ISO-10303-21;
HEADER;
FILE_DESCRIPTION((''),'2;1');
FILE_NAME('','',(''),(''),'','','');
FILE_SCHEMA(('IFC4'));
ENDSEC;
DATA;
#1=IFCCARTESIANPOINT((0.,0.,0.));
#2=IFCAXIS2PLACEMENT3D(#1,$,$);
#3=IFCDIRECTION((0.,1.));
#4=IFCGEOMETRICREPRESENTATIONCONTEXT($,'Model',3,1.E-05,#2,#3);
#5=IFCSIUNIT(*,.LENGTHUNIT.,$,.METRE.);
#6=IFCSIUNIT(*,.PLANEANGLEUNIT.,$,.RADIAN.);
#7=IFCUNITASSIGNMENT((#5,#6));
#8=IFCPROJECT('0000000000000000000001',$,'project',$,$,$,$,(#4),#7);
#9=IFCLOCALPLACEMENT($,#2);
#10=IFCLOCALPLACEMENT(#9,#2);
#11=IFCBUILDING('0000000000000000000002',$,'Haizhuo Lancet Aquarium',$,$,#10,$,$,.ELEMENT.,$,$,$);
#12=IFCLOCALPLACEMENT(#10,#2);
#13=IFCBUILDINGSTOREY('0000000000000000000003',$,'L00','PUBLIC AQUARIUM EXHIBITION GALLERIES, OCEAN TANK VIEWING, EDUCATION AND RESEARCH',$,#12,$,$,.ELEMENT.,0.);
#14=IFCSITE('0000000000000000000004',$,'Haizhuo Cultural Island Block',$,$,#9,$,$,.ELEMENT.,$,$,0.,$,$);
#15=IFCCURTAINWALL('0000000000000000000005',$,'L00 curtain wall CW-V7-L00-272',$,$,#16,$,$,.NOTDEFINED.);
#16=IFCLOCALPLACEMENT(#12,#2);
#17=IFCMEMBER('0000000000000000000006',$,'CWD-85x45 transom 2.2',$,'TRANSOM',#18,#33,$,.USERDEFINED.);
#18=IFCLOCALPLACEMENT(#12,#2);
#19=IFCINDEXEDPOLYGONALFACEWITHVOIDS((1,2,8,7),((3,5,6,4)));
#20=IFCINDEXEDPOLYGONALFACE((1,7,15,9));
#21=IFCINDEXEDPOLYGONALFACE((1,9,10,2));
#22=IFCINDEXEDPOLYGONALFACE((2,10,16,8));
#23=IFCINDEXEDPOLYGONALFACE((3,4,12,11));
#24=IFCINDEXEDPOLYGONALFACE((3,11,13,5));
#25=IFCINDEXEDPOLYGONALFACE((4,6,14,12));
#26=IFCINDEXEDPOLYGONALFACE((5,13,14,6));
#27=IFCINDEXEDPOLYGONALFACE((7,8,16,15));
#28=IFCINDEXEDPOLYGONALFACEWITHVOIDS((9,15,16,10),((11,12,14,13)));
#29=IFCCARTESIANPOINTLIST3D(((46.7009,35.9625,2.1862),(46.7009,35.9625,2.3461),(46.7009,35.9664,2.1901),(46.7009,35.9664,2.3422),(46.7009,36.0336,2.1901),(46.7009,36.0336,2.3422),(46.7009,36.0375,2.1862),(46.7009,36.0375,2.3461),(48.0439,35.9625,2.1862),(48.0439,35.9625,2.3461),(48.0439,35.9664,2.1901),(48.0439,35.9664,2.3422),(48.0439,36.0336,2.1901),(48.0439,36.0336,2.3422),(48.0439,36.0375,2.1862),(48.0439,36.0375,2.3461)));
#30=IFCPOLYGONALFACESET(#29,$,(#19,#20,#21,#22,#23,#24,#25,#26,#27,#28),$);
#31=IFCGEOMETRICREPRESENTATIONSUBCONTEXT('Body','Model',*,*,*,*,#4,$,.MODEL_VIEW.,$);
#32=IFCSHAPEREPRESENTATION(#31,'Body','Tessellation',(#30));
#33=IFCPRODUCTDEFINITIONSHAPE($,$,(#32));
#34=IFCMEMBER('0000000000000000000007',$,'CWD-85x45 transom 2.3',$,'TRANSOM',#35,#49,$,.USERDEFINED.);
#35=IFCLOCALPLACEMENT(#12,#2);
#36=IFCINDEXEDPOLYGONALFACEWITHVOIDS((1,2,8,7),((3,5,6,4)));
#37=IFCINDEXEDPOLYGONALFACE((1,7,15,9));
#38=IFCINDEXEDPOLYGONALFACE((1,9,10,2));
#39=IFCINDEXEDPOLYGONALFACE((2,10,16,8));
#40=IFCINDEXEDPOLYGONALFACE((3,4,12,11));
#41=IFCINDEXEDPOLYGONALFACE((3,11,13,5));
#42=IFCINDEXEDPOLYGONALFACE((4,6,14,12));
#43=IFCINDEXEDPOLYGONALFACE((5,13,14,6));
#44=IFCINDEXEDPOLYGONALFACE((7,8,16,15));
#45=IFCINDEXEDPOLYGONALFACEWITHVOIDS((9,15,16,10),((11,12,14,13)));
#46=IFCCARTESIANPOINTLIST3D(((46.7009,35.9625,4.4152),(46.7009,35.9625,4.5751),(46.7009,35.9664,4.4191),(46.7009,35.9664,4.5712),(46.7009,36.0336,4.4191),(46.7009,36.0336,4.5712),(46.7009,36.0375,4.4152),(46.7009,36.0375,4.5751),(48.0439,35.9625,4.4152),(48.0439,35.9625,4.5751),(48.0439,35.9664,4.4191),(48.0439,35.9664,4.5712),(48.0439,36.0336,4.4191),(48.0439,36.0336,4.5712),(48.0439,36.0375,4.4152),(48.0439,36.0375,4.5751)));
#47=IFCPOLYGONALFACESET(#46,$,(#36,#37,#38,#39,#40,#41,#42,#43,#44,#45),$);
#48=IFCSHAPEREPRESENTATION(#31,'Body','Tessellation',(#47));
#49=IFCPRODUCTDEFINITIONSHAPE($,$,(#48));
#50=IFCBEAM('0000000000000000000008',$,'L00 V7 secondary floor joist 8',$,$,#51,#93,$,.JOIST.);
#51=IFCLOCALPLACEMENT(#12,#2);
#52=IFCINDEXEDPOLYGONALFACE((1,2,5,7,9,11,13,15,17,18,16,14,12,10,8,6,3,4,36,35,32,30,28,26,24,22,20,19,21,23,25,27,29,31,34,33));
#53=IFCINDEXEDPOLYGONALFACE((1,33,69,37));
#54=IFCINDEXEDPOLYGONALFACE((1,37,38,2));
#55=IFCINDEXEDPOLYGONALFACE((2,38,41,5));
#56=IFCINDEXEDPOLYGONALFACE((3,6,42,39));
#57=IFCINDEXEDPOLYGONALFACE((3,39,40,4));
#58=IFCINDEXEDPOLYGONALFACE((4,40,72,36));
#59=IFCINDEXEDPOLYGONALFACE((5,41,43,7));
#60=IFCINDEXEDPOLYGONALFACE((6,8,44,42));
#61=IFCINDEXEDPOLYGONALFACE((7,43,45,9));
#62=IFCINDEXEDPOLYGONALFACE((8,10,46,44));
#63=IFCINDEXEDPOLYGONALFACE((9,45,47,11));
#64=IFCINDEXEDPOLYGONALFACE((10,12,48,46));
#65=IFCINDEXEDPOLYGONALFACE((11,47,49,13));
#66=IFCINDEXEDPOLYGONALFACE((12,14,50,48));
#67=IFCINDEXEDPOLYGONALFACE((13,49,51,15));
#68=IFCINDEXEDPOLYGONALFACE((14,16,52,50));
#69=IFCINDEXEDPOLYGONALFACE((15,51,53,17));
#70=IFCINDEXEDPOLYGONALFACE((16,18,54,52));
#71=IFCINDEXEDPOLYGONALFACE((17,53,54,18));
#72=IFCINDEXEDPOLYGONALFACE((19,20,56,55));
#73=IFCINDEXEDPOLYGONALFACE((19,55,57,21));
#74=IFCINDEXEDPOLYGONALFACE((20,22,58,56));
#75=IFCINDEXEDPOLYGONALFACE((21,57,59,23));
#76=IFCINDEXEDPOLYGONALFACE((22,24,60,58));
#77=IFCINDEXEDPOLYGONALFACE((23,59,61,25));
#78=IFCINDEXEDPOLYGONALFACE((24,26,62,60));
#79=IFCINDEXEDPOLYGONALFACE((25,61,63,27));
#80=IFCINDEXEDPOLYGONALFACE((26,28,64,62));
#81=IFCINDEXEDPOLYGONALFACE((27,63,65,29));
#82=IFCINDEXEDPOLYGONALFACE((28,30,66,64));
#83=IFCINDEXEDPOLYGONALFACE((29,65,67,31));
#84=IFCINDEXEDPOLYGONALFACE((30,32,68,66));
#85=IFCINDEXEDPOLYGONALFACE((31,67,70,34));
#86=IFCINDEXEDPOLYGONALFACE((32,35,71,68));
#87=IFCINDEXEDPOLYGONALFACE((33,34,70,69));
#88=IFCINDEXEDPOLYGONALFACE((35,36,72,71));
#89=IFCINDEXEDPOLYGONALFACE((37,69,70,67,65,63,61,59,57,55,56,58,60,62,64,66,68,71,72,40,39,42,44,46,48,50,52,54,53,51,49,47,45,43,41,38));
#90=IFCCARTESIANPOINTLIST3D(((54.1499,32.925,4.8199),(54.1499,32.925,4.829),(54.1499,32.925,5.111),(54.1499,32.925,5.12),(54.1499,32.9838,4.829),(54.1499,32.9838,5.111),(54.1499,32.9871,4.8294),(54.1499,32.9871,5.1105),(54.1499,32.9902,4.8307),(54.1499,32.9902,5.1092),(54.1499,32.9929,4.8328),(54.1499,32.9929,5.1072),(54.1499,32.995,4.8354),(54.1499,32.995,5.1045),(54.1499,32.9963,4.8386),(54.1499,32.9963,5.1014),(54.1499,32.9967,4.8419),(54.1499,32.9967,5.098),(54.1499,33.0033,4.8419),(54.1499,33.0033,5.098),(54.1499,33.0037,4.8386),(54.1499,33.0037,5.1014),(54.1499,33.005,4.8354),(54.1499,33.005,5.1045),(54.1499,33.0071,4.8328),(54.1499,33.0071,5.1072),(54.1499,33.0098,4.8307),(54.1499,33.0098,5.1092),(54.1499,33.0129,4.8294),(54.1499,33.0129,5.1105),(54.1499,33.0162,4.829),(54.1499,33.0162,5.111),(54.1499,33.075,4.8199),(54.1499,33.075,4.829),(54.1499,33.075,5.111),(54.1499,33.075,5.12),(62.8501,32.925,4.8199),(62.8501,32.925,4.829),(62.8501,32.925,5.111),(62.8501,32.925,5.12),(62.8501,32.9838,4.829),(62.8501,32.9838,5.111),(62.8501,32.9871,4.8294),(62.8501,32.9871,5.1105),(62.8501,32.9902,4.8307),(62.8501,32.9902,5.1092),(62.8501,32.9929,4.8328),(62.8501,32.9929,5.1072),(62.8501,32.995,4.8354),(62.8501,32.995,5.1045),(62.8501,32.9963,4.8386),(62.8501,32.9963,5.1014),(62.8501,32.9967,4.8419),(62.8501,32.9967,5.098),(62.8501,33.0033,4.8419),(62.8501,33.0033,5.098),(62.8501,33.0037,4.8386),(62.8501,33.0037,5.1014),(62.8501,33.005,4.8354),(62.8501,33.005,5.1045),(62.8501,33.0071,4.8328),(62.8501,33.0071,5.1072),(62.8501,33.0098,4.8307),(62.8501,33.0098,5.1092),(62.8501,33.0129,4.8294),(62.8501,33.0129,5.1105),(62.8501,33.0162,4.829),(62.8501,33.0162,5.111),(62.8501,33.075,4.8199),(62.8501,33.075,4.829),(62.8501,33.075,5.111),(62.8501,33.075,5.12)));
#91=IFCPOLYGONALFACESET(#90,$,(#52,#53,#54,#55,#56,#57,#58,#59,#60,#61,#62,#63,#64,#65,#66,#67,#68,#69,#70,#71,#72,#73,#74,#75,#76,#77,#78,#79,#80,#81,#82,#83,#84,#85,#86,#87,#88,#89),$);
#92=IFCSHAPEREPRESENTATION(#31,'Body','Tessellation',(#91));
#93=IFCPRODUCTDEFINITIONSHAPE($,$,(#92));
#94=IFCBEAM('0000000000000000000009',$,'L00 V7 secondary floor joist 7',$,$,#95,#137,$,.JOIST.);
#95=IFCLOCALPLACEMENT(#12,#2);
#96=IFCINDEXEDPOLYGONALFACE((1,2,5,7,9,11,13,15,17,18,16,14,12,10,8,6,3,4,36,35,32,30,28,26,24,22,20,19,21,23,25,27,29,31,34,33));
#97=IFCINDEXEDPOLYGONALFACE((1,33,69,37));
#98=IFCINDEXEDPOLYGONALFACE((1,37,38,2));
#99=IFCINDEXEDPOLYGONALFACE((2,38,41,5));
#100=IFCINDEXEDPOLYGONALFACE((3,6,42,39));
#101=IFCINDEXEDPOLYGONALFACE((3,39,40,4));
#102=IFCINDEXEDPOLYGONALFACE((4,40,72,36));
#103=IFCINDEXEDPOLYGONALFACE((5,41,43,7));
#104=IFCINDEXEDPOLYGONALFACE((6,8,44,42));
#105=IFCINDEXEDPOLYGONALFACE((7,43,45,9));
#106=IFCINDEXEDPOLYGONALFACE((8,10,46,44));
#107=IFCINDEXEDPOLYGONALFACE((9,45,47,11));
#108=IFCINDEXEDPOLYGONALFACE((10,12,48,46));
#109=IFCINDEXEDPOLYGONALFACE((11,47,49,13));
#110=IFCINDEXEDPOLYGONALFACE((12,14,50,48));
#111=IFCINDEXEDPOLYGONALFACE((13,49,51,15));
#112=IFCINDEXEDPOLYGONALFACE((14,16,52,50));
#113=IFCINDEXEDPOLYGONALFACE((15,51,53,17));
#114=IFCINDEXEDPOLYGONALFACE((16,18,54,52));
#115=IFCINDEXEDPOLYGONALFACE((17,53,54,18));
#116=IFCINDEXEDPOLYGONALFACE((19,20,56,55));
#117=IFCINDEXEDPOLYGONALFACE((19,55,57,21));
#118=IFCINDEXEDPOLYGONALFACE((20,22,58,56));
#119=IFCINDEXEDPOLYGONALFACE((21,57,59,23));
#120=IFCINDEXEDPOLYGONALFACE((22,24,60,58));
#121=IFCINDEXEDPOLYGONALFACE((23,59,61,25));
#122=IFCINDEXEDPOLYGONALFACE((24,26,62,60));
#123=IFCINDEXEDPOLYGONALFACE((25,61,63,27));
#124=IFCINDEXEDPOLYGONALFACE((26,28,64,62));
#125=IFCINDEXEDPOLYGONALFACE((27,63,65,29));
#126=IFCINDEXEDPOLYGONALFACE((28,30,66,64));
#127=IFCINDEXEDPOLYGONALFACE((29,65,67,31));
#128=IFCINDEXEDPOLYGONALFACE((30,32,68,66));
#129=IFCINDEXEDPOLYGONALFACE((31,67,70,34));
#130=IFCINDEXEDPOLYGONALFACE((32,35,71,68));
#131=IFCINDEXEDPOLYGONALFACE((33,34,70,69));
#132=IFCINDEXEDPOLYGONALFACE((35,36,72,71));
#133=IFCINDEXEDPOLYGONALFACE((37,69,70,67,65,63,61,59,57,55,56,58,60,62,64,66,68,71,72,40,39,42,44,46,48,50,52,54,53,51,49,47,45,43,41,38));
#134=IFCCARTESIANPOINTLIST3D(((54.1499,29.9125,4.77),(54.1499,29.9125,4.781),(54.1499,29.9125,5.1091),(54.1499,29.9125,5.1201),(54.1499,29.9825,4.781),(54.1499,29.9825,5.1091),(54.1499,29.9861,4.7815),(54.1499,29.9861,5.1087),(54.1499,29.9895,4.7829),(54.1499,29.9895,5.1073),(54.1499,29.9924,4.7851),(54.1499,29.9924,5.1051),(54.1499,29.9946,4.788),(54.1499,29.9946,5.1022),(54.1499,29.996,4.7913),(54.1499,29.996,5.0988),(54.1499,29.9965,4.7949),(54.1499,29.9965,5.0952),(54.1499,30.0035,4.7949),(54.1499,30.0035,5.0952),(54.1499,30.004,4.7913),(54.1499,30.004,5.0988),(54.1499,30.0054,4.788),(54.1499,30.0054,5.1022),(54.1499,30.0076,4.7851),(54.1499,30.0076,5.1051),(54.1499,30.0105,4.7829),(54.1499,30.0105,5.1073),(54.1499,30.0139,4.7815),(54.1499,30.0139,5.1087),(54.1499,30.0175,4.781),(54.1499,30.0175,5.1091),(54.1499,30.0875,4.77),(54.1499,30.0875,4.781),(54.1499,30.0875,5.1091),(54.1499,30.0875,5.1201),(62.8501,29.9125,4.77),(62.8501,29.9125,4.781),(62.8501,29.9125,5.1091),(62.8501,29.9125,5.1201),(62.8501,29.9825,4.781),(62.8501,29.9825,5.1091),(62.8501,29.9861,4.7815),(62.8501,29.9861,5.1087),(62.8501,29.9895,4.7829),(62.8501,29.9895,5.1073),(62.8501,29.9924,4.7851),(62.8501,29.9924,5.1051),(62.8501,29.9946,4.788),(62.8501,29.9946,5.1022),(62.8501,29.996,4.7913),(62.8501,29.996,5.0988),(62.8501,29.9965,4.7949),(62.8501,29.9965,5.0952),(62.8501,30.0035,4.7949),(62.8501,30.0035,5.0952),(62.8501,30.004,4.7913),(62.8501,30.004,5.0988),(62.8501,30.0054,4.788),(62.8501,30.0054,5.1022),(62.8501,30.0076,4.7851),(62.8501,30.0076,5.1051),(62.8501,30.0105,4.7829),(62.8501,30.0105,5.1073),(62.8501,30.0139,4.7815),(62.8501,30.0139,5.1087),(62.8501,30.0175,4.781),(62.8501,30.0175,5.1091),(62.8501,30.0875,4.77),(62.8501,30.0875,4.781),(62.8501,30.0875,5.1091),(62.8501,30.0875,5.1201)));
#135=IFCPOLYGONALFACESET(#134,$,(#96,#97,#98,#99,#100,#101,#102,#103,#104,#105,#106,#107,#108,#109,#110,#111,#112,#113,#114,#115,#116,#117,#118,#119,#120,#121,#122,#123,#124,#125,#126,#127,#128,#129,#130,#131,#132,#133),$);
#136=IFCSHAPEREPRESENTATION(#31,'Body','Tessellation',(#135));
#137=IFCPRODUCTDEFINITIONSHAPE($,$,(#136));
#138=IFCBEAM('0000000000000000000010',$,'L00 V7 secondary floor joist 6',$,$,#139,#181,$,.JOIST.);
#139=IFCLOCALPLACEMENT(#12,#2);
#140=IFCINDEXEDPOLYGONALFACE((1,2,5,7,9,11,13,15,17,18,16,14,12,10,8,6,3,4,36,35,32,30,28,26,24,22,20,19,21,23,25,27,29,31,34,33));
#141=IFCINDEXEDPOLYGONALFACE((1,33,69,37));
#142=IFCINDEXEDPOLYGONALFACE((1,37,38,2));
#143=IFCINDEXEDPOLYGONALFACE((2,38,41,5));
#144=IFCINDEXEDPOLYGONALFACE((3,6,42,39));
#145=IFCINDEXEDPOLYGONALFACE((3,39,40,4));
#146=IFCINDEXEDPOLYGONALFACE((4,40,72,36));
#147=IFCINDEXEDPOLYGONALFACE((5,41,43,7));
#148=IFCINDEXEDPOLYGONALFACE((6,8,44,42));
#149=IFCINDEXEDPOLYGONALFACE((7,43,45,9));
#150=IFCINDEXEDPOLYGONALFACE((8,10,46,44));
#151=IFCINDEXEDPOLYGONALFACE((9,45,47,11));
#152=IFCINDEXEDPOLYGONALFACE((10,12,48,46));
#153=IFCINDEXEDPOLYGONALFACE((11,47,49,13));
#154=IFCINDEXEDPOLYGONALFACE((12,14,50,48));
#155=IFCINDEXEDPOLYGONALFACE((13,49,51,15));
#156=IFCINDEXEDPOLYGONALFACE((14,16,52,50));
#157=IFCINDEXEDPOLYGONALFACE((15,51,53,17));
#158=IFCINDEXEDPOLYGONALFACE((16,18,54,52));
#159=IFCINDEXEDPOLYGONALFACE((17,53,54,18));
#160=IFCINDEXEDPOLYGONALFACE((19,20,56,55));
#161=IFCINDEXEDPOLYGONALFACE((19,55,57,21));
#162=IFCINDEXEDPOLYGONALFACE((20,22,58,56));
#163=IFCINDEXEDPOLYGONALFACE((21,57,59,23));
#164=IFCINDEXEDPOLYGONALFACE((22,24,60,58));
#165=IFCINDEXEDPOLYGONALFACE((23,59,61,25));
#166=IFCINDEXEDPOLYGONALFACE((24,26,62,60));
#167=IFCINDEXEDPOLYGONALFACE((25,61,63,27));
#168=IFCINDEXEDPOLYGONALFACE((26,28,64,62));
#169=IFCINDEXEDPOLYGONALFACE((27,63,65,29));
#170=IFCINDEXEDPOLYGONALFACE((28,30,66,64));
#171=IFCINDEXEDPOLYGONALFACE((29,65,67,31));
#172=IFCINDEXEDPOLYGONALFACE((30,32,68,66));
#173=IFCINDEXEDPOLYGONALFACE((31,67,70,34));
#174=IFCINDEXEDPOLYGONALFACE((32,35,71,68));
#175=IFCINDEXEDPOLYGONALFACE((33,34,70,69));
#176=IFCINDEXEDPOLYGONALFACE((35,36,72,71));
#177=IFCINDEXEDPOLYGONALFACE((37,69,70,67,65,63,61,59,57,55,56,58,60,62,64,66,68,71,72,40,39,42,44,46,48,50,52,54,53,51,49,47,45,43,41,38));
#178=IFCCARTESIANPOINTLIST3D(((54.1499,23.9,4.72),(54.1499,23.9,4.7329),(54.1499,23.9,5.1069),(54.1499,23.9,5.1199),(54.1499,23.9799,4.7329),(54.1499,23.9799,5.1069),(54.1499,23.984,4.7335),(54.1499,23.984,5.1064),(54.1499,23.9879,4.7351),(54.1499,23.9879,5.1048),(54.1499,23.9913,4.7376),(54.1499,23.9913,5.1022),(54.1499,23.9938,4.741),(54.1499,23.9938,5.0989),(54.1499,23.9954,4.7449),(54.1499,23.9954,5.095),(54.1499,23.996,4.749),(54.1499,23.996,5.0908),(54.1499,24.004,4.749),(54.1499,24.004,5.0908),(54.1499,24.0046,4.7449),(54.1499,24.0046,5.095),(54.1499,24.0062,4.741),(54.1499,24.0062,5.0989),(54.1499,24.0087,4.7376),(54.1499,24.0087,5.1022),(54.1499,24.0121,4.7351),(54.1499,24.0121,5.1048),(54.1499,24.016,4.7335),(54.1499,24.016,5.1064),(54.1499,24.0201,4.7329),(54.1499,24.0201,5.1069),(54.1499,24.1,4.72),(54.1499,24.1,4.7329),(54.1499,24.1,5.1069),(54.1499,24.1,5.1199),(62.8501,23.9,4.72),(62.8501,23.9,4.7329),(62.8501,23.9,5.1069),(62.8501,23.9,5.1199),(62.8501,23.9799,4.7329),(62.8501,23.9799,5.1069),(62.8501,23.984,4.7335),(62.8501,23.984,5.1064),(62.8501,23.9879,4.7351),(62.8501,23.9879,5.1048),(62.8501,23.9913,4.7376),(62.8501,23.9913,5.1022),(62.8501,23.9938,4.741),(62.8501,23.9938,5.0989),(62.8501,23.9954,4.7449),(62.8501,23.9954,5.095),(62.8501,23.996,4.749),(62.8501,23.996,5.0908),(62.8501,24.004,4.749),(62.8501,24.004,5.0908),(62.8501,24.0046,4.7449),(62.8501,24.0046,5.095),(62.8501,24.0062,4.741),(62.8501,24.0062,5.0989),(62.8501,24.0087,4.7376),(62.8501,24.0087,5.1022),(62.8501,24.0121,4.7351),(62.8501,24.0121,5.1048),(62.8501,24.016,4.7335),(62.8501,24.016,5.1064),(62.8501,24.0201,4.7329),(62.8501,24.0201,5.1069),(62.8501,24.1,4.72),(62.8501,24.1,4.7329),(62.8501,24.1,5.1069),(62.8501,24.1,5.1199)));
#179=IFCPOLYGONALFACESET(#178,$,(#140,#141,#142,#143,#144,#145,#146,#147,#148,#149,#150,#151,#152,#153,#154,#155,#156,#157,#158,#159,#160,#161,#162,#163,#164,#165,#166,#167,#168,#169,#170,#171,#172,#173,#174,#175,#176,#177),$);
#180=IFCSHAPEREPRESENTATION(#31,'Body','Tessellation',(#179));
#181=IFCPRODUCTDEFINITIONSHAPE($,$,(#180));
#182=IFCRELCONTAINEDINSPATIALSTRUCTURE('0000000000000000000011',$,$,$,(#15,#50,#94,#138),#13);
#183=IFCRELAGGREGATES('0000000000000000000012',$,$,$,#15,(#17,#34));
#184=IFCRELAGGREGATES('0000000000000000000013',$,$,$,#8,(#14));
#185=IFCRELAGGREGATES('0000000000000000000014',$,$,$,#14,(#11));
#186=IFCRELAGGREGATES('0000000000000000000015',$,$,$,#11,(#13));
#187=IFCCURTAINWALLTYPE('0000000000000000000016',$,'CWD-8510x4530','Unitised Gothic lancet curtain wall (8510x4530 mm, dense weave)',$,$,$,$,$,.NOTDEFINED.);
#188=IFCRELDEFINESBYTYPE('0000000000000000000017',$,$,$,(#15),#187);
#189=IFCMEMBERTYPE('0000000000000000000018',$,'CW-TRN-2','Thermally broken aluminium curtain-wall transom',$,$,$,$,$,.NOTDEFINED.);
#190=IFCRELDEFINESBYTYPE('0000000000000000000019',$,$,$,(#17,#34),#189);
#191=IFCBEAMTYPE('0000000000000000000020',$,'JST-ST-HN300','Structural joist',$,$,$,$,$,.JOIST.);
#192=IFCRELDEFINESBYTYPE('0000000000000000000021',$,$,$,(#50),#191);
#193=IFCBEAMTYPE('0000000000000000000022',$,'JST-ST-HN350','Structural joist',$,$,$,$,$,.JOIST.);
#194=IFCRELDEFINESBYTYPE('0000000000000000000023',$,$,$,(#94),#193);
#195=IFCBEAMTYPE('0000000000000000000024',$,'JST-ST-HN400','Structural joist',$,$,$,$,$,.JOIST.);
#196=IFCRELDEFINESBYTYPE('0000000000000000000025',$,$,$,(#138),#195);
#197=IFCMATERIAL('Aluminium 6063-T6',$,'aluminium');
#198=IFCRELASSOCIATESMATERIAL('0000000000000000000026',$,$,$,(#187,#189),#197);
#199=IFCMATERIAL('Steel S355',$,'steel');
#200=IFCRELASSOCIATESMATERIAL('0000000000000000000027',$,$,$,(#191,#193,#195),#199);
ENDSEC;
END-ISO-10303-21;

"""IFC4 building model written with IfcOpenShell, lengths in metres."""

from ifc_helpers import new_model, si_unit, direction, frame, origin, origin_2d, place, context, subcontext, project, spatial, hollow_rectangle, i_section, extrude, material, material_profile, profile_set, type_object, element, aggregate, save


model = new_model("IFC4")

# Units and contexts
model_context = context("Model", 3, precision=1e-05, world=origin(), true_north=direction((0.0, 1.0)))
body_context = subcontext(model_context, "Body", "Model", "MODEL_VIEW")
ifc_project = project(units=[si_unit("LENGTHUNIT", "METRE"), si_unit("PLANEANGLEUNIT", "RADIAN")], contexts=[model_context])

# Site, building, storey
site_placement = place(None, origin())
site = spatial("IfcSite", under=ifc_project, at=site_placement, Name="Haizhuo Cultural Island Block", CompositionType="ELEMENT", RefElevation=0.0)
building_placement = place(site_placement, origin())
building = spatial("IfcBuilding", under=site, at=building_placement, Name="Haizhuo Lancet Aquarium", CompositionType="ELEMENT")
storey_placement = place(building_placement, origin())
storey = spatial("IfcBuildingStorey", under=building, at=storey_placement, Name="L00", Description="PUBLIC AQUARIUM EXHIBITION GALLERIES, OCEAN TANK VIEWING, EDUCATION AND RESEARCH", CompositionType="ELEMENT", Elevation=0.0)

# Shared definitions
ifc_material_1 = material(Name="Steel S355", Category="steel")

# Curtain wall, members
ifc_material_2 = material(Name="Aluminium 6063-T6", Category="aluminium")
curtain_wall_type = type_object("IfcCurtainWallType", Name="CWD-8510x4530", Description="Unitised Gothic lancet curtain wall (8510x4530 mm, dense weave)", PredefinedType="NOTDEFINED", material=ifc_material_2)
curtain_wall_placement = place(storey_placement, origin())
curtain_wall = element("IfcCurtainWall", 1, at=curtain_wall_placement, inside=storey, type_object=curtain_wall_type, Name="L00 curtain wall CW-V7-L00-272", PredefinedType="NOTDEFINED")
ifc_material_profile_1 = material_profile(ifc_material_2, hollow_rectangle(XDim=0.075, YDim=0.1599, WallThickness=0.0039, at=origin_2d()), Name="ALU-T 75x160x4")
ifc_profile_set_1 = profile_set([ifc_material_profile_1], Name="Aluminium 6063-T6")
member_type_1 = type_object("IfcMemberType", Name="CW-TRN-2", Description="Thermally broken aluminium curtain-wall transom", PredefinedType="NOTDEFINED", material=ifc_profile_set_1)
member_1_placement = place(storey_placement, frame((46.7009, 36.0, 2.2661), z_axis=(1.0, 0.0, 0.0), x_axis=(0.0, 1.0, 0.0)))
member_1 = element("IfcMember", 2, at=member_1_placement, type_object=member_type_1, Name="CWD-85x45 transom 2.2", ObjectType="TRANSOM", PredefinedType="USERDEFINED", context=body_context, shape_type="SweptSolid", body=[
    extrude(hollow_rectangle(XDim=0.075, YDim=0.1599, WallThickness=0.0039, at=origin_2d()), origin(), (0.0, 0.0, 1.0), 1.343),
])
member_2_placement = place(storey_placement, frame((46.7009, 36.0, 4.4951), z_axis=(1.0, 0.0, 0.0), x_axis=(0.0, 1.0, 0.0)))
member_2 = element("IfcMember", 3, at=member_2_placement, type_object=member_type_1, Name="CWD-85x45 transom 2.3", ObjectType="TRANSOM", PredefinedType="USERDEFINED", context=body_context, shape_type="SweptSolid", body=[
    extrude(hollow_rectangle(XDim=0.075, YDim=0.1599, WallThickness=0.0039, at=origin_2d()), origin(), (0.0, 0.0, 1.0), 1.343),
])

# Beams
ifc_material_profile_2 = material_profile(ifc_material_1, i_section(OverallWidth=0.1499, OverallDepth=0.3, WebThickness=0.0066, FlangeThickness=0.009, FilletRadius=0.0129, at=origin_2d()), Name="HN 300x150x6.5x9")
ifc_profile_set_2 = profile_set([ifc_material_profile_2], Name="Steel S355")
beam_type_1 = type_object("IfcBeamType", Name="JST-ST-HN300", Description="Structural joist", PredefinedType="JOIST", material=ifc_profile_set_2)
beam_1_placement = place(storey_placement, frame((54.1499, 33.0, 4.97), z_axis=(1.0, 0.0, 0.0), x_axis=(0.0, 1.0, 0.0)))
element("IfcBeam", 4, at=beam_1_placement, inside=storey, type_object=beam_type_1, Name="L00 V7 secondary floor joist 8", PredefinedType="JOIST", context=body_context, shape_type="SweptSolid", body=[
    extrude(i_section(OverallWidth=0.1499, OverallDepth=0.3, WebThickness=0.0066, FlangeThickness=0.009, FilletRadius=0.0129, at=origin_2d()), origin(), (0.0, 0.0, 1.0), 8.7002),
])
ifc_material_profile_3 = material_profile(ifc_material_1, i_section(OverallWidth=0.175, OverallDepth=0.3501, WebThickness=0.0071, FlangeThickness=0.011, FilletRadius=0.0139, at=origin_2d()), Name="HN 350x175x7x11")
ifc_profile_set_3 = profile_set([ifc_material_profile_3], Name="Steel S355")
beam_type_2 = type_object("IfcBeamType", Name="JST-ST-HN350", Description="Structural joist", PredefinedType="JOIST", material=ifc_profile_set_3)
beam_2_placement = place(storey_placement, frame((54.1499, 30.0, 4.9451), z_axis=(1.0, 0.0, 0.0), x_axis=(0.0, 1.0, 0.0)))
element("IfcBeam", 5, at=beam_2_placement, inside=storey, type_object=beam_type_2, Name="L00 V7 secondary floor joist 7", PredefinedType="JOIST", context=body_context, shape_type="SweptSolid", body=[
    extrude(i_section(OverallWidth=0.175, OverallDepth=0.3501, WebThickness=0.0071, FlangeThickness=0.011, FilletRadius=0.0139, at=origin_2d()), origin(), (0.0, 0.0, 1.0), 8.7002),
])
ifc_material_profile_4 = material_profile(ifc_material_1, i_section(OverallWidth=0.2, OverallDepth=0.3999, WebThickness=0.0081, FlangeThickness=0.0129, FilletRadius=0.0161, at=origin_2d()), Name="HN 400x200x8x13")
ifc_profile_set_4 = profile_set([ifc_material_profile_4], Name="Steel S355")
beam_type_3 = type_object("IfcBeamType", Name="JST-ST-HN400", Description="Structural joist", PredefinedType="JOIST", material=ifc_profile_set_4)
beam_3_placement = place(storey_placement, frame((54.1499, 24.0, 4.9199), z_axis=(1.0, 0.0, 0.0), x_axis=(0.0, 1.0, 0.0)))
element("IfcBeam", 6, at=beam_3_placement, inside=storey, type_object=beam_type_3, Name="L00 V7 secondary floor joist 6", PredefinedType="JOIST", context=body_context, shape_type="SweptSolid", body=[
    extrude(i_section(OverallWidth=0.2, OverallDepth=0.3999, WebThickness=0.0081, FlangeThickness=0.0129, FilletRadius=0.0161, at=origin_2d()), origin(), (0.0, 0.0, 1.0), 8.7002),
])

aggregate(curtain_wall, [member_1, member_2])

save(model, "model.ifc")
